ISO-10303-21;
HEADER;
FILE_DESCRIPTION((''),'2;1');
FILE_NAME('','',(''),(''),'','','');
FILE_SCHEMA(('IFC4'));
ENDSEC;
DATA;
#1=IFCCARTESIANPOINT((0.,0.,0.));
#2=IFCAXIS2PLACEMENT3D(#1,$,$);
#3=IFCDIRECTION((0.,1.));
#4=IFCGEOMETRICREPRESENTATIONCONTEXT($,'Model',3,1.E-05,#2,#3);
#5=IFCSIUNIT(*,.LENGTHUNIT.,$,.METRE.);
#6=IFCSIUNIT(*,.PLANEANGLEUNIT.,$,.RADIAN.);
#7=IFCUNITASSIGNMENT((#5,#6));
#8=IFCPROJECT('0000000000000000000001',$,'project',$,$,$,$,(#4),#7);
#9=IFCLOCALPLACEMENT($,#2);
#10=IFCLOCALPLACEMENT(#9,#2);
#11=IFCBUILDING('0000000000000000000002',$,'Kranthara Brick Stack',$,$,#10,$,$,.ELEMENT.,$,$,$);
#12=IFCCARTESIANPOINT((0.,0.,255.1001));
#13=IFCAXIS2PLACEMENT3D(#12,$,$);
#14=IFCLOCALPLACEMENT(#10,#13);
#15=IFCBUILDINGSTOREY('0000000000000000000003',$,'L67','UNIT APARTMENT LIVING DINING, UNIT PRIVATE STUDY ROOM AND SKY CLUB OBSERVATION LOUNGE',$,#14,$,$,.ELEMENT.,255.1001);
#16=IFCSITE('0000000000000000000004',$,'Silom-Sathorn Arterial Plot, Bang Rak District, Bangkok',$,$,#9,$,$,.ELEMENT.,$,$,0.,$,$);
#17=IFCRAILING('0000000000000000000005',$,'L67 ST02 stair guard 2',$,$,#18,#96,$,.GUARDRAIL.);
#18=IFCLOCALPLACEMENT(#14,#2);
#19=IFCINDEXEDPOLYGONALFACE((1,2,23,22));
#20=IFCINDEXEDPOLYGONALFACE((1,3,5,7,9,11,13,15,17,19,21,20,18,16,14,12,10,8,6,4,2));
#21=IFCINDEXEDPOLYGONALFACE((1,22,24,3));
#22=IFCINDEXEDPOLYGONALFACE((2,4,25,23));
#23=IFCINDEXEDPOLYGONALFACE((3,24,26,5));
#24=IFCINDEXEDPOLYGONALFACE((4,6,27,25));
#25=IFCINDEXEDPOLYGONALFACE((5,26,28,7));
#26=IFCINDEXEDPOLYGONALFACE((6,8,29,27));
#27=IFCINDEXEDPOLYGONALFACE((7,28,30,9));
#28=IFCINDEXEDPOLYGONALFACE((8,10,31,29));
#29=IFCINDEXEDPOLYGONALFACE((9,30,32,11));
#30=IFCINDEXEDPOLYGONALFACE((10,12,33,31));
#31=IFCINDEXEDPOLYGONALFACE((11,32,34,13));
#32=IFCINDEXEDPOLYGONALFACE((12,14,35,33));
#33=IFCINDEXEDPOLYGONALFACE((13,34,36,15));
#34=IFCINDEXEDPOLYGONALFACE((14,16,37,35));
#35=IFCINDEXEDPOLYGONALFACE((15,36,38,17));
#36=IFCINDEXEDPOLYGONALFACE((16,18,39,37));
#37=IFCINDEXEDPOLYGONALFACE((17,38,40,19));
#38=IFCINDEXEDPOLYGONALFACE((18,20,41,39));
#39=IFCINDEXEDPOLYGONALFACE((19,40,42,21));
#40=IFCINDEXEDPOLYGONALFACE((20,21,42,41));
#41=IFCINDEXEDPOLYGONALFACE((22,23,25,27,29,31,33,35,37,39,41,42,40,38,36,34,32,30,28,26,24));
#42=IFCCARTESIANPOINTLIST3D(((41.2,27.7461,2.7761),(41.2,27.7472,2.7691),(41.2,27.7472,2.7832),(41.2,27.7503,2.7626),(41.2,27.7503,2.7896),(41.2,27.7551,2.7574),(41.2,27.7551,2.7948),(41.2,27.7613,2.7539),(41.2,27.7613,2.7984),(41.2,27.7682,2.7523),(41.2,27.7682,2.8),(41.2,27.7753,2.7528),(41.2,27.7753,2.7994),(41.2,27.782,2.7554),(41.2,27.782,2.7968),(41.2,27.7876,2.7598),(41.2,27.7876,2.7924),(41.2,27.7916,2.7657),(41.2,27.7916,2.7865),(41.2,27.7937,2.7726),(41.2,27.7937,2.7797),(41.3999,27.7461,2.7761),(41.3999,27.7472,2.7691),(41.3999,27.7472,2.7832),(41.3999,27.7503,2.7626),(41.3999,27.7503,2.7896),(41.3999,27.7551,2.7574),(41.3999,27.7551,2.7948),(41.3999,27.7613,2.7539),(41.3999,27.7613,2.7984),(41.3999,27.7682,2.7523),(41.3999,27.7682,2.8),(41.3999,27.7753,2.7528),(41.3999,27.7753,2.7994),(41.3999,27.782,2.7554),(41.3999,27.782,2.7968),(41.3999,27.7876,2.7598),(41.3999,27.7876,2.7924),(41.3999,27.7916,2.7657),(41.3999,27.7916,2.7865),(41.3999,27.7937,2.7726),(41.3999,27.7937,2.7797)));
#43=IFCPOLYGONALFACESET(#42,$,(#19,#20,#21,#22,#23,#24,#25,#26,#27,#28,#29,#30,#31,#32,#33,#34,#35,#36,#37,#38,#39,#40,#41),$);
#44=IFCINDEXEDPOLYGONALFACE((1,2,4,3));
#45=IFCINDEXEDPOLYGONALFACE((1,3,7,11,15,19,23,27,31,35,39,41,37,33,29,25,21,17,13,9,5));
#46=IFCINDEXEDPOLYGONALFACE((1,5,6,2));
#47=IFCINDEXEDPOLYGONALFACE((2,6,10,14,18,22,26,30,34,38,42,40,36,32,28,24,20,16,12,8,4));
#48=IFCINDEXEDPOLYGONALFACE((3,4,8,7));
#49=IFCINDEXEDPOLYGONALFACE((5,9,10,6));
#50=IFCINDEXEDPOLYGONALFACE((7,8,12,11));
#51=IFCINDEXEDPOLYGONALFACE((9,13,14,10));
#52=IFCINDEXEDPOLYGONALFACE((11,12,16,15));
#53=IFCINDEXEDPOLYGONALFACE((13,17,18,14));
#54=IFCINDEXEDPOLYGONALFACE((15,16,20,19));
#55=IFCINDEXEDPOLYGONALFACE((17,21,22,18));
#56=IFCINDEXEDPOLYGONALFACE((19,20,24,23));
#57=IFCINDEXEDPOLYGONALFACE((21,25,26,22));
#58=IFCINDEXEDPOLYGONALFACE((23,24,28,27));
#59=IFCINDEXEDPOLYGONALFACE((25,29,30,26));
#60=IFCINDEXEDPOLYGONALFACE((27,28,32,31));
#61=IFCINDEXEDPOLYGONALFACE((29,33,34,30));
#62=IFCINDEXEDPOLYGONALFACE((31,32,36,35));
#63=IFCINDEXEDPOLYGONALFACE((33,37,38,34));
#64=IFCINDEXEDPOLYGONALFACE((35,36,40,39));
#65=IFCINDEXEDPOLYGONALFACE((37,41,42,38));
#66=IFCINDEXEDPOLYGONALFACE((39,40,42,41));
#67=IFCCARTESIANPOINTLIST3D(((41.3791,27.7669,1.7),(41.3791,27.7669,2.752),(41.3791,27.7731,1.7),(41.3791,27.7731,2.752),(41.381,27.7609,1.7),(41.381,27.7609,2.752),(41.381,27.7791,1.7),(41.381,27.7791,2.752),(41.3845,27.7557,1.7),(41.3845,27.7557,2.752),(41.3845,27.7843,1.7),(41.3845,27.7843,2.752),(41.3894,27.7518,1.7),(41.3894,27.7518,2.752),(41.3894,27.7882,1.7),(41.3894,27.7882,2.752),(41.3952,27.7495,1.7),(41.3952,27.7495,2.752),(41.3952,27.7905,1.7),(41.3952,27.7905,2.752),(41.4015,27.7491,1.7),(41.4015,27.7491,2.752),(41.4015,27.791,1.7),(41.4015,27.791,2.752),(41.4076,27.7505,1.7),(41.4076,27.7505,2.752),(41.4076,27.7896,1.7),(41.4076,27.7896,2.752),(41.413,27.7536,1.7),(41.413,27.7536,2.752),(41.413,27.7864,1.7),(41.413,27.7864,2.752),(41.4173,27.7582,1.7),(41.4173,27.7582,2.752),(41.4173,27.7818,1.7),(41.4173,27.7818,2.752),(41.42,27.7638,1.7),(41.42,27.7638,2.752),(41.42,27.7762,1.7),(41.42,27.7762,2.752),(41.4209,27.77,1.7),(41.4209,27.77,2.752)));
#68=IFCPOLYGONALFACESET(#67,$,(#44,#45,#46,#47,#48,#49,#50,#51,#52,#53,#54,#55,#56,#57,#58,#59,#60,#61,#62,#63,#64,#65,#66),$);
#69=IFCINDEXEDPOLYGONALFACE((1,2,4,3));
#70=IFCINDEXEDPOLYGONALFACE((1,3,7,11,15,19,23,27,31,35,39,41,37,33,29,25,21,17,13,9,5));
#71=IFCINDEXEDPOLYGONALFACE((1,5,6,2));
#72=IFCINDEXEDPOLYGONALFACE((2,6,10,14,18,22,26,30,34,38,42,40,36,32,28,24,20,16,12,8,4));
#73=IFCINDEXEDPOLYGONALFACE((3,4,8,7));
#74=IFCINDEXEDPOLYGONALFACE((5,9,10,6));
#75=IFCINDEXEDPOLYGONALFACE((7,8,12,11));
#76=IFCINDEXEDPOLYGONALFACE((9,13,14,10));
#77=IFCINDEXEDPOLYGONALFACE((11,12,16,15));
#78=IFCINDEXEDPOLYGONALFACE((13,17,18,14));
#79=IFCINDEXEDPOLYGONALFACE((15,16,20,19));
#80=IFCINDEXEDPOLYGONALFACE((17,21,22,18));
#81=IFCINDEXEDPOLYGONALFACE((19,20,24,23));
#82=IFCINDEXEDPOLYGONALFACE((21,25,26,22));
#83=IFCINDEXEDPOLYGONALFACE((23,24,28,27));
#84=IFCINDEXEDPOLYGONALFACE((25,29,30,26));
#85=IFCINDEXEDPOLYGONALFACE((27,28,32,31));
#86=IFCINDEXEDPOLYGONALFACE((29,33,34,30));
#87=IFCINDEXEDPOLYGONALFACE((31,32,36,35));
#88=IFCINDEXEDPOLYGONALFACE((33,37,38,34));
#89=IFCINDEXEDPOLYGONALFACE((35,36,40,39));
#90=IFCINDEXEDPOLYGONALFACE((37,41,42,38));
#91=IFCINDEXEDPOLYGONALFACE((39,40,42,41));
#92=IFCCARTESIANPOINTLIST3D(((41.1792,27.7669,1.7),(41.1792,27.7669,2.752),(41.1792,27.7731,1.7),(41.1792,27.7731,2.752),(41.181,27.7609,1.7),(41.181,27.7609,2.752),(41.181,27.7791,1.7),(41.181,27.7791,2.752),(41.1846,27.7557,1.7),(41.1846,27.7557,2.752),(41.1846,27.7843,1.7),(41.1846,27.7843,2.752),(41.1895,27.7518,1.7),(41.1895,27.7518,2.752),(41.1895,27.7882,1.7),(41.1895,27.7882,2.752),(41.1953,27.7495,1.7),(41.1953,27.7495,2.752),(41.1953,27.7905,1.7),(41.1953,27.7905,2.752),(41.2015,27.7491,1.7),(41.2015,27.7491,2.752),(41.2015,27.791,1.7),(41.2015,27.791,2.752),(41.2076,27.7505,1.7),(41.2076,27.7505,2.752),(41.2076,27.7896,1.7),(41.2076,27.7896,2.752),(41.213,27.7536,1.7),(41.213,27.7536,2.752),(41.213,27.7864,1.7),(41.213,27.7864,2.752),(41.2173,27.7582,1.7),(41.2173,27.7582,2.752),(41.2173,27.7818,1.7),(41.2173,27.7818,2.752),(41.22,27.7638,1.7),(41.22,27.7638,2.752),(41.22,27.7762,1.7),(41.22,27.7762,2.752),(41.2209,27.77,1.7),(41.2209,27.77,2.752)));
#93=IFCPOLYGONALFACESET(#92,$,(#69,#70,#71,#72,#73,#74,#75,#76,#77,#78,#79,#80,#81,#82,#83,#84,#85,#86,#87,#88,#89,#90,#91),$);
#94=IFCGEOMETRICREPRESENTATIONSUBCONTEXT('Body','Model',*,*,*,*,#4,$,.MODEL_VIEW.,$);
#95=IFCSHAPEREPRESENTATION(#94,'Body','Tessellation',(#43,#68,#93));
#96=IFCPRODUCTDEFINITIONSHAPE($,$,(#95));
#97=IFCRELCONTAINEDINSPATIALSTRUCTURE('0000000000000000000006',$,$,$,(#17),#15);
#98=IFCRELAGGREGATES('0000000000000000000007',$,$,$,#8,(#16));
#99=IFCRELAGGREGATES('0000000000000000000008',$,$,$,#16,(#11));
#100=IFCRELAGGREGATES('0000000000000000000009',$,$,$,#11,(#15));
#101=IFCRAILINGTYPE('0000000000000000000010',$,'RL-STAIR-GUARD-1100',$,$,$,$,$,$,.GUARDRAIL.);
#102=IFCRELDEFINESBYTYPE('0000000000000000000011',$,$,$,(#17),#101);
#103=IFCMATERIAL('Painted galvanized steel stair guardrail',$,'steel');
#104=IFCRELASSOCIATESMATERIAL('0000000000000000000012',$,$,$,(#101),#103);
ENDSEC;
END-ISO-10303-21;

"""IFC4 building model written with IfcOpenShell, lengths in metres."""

from ifc_helpers import new_model, si_unit, direction, frame, origin, origin_2d, place, context, subcontext, project, spatial, circle, extrude, material, type_object, element, save


model = new_model("IFC4")

# Units and contexts
model_context = context("Model", 3, precision=1e-05, world=origin(), true_north=direction((0.0, 1.0)))
body_context = subcontext(model_context, "Body", "Model", "MODEL_VIEW")
ifc_project = project(units=[si_unit("LENGTHUNIT", "METRE"), si_unit("PLANEANGLEUNIT", "RADIAN")], contexts=[model_context])

# Site, building, storey
site_placement = place(None, origin())
site = spatial("IfcSite", under=ifc_project, at=site_placement, Name="Silom-Sathorn Arterial Plot, Bang Rak District, Bangkok", CompositionType="ELEMENT", RefElevation=0.0)
building_placement = place(site_placement, origin())
building = spatial("IfcBuilding", under=site, at=building_placement, Name="Kranthara Brick Stack", CompositionType="ELEMENT")
storey_placement = place(building_placement, frame((0.0, 0.0, 255.1001)))
storey = spatial("IfcBuildingStorey", under=building, at=storey_placement, Name="L67", Description="UNIT APARTMENT LIVING DINING, UNIT PRIVATE STUDY ROOM AND SKY CLUB OBSERVATION LOUNGE", CompositionType="ELEMENT", Elevation=255.1001)

# Railing
ifc_material_1 = material(Name="Painted galvanized steel stair guardrail", Category="steel")
railing_type_1 = type_object("IfcRailingType", Name="RL-STAIR-GUARD-1100", PredefinedType="GUARDRAIL", material=ifc_material_1)
railing_1_placement = place(storey_placement, frame((41.3999, 27.77, 1.7)))
element("IfcRailing", 1, at=railing_1_placement, inside=storey, type_object=railing_type_1, Name="L67 ST02 stair guard 2", PredefinedType="GUARDRAIL", context=body_context, shape_type="SweptSolid", body=[
    extrude(circle(Radius=0.0239, at=origin_2d()), frame((0.0, 0.0, 1.0762), z_axis=(-1.0, 0.0, 0.0), x_axis=(0.0, -1.0, 0.0)), (0.0, 0.0, 1.0), 0.2),
    extrude(circle(Radius=0.021, at=origin_2d()), origin(), (0.0, 0.0, 1.0), 1.052),
    extrude(circle(Radius=0.021, at=origin_2d()), frame((-0.2, 0.0, 0.0)), (0.0, 0.0, 1.0), 1.052),
])

save(model, "model.ifc")
